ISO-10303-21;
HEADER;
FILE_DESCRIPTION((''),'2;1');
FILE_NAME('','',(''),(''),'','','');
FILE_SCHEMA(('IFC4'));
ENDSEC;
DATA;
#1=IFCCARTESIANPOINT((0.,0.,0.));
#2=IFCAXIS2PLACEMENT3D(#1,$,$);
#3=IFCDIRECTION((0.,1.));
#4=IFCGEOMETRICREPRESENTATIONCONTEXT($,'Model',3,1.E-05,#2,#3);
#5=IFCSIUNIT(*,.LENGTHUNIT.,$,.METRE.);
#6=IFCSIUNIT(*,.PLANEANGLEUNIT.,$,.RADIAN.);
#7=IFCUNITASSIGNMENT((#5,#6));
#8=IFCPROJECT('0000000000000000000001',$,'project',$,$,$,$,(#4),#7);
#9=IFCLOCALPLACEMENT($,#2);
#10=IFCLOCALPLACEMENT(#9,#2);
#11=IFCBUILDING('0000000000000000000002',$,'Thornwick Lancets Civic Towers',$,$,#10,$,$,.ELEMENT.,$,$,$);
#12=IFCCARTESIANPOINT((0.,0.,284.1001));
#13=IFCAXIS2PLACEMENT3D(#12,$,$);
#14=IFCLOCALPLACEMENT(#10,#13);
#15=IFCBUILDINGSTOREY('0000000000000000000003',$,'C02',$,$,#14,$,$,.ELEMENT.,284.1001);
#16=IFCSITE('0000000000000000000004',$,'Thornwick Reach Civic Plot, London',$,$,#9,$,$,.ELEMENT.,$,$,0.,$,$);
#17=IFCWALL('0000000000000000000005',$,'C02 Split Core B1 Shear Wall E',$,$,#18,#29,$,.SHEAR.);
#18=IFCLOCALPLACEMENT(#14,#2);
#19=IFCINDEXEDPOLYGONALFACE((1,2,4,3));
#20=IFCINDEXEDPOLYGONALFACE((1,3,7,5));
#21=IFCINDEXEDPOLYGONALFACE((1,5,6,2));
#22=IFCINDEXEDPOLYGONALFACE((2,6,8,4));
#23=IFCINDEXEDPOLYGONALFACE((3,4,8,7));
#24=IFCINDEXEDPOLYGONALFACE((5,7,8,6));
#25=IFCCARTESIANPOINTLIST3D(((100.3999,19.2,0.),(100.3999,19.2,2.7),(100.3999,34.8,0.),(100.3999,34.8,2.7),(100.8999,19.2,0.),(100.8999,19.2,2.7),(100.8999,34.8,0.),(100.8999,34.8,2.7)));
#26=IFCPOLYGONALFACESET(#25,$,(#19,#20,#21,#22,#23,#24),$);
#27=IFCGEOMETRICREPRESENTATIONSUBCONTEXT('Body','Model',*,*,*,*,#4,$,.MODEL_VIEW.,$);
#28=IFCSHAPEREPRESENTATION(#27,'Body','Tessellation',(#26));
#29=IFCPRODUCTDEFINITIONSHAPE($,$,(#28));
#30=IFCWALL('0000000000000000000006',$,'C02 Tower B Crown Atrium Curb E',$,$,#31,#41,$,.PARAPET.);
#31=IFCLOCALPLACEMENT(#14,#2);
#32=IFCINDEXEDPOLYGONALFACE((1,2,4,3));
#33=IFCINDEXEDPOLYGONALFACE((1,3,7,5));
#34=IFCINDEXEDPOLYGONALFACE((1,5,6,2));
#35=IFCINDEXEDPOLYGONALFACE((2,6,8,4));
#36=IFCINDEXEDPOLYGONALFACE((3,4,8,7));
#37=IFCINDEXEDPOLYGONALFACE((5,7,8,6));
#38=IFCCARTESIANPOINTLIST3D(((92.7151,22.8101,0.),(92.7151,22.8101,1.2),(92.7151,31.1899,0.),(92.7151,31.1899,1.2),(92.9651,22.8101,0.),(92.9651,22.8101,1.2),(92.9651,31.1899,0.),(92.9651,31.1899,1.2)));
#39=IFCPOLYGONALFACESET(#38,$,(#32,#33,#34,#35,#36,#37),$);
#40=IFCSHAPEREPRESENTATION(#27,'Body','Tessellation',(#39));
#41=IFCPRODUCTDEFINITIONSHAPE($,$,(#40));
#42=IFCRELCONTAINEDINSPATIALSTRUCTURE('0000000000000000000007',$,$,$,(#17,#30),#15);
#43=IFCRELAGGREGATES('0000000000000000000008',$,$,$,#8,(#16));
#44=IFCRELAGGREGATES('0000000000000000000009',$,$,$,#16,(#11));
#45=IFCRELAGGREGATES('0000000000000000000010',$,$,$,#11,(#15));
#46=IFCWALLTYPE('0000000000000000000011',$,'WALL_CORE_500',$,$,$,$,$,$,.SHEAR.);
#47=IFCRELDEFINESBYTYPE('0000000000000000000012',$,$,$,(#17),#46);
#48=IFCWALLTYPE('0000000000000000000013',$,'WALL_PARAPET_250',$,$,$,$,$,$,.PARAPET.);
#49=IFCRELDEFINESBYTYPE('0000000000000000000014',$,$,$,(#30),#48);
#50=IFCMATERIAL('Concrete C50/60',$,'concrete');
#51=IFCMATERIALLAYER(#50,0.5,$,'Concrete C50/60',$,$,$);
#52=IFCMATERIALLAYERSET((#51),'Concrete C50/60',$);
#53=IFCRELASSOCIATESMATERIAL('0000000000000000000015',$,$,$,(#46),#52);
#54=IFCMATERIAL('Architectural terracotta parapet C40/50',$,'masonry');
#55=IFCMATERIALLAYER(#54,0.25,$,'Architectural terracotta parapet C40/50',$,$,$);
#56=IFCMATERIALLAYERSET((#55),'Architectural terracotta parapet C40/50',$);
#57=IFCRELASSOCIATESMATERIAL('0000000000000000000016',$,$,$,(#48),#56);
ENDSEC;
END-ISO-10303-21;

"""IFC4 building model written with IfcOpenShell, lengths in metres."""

from ifc_helpers import new_model, si_unit, direction, frame, frame_2d, origin, place, context, subcontext, project, spatial, rectangle, extrude, material, layer, layer_set, type_object, element, save


model = new_model("IFC4")

# Units and contexts
model_context = context("Model", 3, precision=1e-05, world=origin(), true_north=direction((0.0, 1.0)))
body_context = subcontext(model_context, "Body", "Model", "MODEL_VIEW")
ifc_project = project(units=[si_unit("LENGTHUNIT", "METRE"), si_unit("PLANEANGLEUNIT", "RADIAN")], contexts=[model_context])

# Site, building, storey
site_placement = place(None, origin())
site = spatial("IfcSite", under=ifc_project, at=site_placement, Name="Thornwick Reach Civic Plot, London", CompositionType="ELEMENT", RefElevation=0.0)
building_placement = place(site_placement, origin())
building = spatial("IfcBuilding", under=site, at=building_placement, Name="Thornwick Lancets Civic Towers", CompositionType="ELEMENT")
storey_placement = place(building_placement, frame((0.0, 0.0, 284.1001)))
storey = spatial("IfcBuildingStorey", under=building, at=storey_placement, Name="C02", CompositionType="ELEMENT", Elevation=284.1001)

# Walls
ifc_material_1 = material(Name="Concrete C50/60", Category="concrete")
ifc_layer_1 = layer(ifc_material_1, 0.5, Name="Concrete C50/60")
ifc_layer_set_1 = layer_set([ifc_layer_1], Name="Concrete C50/60")
wall_type_1 = type_object("IfcWallType", Name="WALL_CORE_500", PredefinedType="SHEAR", material=ifc_layer_set_1)
wall_1_placement = place(storey_placement, frame((100.6499, 19.2, 0.0), z_axis=(0.0, 0.0, 1.0), x_axis=(0.0, 1.0, 0.0)))
element("IfcWall", 1, at=wall_1_placement, inside=storey, type_object=wall_type_1, Name="C02 Split Core B1 Shear Wall E", PredefinedType="SHEAR", context=body_context, shape_type="SweptSolid", body=[
    extrude(rectangle(XDim=15.6001, YDim=0.5, at=frame_2d((7.8, 0.0))), origin(), (0.0, 0.0, 1.0), 2.7),
])
ifc_material_2 = material(Name="Architectural terracotta parapet C40/50", Category="masonry")
ifc_layer_2 = layer(ifc_material_2, 0.25, Name="Architectural terracotta parapet C40/50")
ifc_layer_set_2 = layer_set([ifc_layer_2], Name="Architectural terracotta parapet C40/50")
wall_type_2 = type_object("IfcWallType", Name="WALL_PARAPET_250", PredefinedType="PARAPET", material=ifc_layer_set_2)
wall_2_placement = place(storey_placement, frame((92.8401, 22.8101, 0.0), z_axis=(0.0, 0.0, 1.0), x_axis=(0.0, 1.0, 0.0)))
element("IfcWall", 2, at=wall_2_placement, inside=storey, type_object=wall_type_2, Name="C02 Tower B Crown Atrium Curb E", PredefinedType="PARAPET", context=body_context, shape_type="SweptSolid", body=[
    extrude(rectangle(XDim=8.3799, YDim=0.25, at=frame_2d((4.1899, 0.0))), origin(), (0.0, 0.0, 1.0), 1.2),
])

save(model, "model.ifc")
